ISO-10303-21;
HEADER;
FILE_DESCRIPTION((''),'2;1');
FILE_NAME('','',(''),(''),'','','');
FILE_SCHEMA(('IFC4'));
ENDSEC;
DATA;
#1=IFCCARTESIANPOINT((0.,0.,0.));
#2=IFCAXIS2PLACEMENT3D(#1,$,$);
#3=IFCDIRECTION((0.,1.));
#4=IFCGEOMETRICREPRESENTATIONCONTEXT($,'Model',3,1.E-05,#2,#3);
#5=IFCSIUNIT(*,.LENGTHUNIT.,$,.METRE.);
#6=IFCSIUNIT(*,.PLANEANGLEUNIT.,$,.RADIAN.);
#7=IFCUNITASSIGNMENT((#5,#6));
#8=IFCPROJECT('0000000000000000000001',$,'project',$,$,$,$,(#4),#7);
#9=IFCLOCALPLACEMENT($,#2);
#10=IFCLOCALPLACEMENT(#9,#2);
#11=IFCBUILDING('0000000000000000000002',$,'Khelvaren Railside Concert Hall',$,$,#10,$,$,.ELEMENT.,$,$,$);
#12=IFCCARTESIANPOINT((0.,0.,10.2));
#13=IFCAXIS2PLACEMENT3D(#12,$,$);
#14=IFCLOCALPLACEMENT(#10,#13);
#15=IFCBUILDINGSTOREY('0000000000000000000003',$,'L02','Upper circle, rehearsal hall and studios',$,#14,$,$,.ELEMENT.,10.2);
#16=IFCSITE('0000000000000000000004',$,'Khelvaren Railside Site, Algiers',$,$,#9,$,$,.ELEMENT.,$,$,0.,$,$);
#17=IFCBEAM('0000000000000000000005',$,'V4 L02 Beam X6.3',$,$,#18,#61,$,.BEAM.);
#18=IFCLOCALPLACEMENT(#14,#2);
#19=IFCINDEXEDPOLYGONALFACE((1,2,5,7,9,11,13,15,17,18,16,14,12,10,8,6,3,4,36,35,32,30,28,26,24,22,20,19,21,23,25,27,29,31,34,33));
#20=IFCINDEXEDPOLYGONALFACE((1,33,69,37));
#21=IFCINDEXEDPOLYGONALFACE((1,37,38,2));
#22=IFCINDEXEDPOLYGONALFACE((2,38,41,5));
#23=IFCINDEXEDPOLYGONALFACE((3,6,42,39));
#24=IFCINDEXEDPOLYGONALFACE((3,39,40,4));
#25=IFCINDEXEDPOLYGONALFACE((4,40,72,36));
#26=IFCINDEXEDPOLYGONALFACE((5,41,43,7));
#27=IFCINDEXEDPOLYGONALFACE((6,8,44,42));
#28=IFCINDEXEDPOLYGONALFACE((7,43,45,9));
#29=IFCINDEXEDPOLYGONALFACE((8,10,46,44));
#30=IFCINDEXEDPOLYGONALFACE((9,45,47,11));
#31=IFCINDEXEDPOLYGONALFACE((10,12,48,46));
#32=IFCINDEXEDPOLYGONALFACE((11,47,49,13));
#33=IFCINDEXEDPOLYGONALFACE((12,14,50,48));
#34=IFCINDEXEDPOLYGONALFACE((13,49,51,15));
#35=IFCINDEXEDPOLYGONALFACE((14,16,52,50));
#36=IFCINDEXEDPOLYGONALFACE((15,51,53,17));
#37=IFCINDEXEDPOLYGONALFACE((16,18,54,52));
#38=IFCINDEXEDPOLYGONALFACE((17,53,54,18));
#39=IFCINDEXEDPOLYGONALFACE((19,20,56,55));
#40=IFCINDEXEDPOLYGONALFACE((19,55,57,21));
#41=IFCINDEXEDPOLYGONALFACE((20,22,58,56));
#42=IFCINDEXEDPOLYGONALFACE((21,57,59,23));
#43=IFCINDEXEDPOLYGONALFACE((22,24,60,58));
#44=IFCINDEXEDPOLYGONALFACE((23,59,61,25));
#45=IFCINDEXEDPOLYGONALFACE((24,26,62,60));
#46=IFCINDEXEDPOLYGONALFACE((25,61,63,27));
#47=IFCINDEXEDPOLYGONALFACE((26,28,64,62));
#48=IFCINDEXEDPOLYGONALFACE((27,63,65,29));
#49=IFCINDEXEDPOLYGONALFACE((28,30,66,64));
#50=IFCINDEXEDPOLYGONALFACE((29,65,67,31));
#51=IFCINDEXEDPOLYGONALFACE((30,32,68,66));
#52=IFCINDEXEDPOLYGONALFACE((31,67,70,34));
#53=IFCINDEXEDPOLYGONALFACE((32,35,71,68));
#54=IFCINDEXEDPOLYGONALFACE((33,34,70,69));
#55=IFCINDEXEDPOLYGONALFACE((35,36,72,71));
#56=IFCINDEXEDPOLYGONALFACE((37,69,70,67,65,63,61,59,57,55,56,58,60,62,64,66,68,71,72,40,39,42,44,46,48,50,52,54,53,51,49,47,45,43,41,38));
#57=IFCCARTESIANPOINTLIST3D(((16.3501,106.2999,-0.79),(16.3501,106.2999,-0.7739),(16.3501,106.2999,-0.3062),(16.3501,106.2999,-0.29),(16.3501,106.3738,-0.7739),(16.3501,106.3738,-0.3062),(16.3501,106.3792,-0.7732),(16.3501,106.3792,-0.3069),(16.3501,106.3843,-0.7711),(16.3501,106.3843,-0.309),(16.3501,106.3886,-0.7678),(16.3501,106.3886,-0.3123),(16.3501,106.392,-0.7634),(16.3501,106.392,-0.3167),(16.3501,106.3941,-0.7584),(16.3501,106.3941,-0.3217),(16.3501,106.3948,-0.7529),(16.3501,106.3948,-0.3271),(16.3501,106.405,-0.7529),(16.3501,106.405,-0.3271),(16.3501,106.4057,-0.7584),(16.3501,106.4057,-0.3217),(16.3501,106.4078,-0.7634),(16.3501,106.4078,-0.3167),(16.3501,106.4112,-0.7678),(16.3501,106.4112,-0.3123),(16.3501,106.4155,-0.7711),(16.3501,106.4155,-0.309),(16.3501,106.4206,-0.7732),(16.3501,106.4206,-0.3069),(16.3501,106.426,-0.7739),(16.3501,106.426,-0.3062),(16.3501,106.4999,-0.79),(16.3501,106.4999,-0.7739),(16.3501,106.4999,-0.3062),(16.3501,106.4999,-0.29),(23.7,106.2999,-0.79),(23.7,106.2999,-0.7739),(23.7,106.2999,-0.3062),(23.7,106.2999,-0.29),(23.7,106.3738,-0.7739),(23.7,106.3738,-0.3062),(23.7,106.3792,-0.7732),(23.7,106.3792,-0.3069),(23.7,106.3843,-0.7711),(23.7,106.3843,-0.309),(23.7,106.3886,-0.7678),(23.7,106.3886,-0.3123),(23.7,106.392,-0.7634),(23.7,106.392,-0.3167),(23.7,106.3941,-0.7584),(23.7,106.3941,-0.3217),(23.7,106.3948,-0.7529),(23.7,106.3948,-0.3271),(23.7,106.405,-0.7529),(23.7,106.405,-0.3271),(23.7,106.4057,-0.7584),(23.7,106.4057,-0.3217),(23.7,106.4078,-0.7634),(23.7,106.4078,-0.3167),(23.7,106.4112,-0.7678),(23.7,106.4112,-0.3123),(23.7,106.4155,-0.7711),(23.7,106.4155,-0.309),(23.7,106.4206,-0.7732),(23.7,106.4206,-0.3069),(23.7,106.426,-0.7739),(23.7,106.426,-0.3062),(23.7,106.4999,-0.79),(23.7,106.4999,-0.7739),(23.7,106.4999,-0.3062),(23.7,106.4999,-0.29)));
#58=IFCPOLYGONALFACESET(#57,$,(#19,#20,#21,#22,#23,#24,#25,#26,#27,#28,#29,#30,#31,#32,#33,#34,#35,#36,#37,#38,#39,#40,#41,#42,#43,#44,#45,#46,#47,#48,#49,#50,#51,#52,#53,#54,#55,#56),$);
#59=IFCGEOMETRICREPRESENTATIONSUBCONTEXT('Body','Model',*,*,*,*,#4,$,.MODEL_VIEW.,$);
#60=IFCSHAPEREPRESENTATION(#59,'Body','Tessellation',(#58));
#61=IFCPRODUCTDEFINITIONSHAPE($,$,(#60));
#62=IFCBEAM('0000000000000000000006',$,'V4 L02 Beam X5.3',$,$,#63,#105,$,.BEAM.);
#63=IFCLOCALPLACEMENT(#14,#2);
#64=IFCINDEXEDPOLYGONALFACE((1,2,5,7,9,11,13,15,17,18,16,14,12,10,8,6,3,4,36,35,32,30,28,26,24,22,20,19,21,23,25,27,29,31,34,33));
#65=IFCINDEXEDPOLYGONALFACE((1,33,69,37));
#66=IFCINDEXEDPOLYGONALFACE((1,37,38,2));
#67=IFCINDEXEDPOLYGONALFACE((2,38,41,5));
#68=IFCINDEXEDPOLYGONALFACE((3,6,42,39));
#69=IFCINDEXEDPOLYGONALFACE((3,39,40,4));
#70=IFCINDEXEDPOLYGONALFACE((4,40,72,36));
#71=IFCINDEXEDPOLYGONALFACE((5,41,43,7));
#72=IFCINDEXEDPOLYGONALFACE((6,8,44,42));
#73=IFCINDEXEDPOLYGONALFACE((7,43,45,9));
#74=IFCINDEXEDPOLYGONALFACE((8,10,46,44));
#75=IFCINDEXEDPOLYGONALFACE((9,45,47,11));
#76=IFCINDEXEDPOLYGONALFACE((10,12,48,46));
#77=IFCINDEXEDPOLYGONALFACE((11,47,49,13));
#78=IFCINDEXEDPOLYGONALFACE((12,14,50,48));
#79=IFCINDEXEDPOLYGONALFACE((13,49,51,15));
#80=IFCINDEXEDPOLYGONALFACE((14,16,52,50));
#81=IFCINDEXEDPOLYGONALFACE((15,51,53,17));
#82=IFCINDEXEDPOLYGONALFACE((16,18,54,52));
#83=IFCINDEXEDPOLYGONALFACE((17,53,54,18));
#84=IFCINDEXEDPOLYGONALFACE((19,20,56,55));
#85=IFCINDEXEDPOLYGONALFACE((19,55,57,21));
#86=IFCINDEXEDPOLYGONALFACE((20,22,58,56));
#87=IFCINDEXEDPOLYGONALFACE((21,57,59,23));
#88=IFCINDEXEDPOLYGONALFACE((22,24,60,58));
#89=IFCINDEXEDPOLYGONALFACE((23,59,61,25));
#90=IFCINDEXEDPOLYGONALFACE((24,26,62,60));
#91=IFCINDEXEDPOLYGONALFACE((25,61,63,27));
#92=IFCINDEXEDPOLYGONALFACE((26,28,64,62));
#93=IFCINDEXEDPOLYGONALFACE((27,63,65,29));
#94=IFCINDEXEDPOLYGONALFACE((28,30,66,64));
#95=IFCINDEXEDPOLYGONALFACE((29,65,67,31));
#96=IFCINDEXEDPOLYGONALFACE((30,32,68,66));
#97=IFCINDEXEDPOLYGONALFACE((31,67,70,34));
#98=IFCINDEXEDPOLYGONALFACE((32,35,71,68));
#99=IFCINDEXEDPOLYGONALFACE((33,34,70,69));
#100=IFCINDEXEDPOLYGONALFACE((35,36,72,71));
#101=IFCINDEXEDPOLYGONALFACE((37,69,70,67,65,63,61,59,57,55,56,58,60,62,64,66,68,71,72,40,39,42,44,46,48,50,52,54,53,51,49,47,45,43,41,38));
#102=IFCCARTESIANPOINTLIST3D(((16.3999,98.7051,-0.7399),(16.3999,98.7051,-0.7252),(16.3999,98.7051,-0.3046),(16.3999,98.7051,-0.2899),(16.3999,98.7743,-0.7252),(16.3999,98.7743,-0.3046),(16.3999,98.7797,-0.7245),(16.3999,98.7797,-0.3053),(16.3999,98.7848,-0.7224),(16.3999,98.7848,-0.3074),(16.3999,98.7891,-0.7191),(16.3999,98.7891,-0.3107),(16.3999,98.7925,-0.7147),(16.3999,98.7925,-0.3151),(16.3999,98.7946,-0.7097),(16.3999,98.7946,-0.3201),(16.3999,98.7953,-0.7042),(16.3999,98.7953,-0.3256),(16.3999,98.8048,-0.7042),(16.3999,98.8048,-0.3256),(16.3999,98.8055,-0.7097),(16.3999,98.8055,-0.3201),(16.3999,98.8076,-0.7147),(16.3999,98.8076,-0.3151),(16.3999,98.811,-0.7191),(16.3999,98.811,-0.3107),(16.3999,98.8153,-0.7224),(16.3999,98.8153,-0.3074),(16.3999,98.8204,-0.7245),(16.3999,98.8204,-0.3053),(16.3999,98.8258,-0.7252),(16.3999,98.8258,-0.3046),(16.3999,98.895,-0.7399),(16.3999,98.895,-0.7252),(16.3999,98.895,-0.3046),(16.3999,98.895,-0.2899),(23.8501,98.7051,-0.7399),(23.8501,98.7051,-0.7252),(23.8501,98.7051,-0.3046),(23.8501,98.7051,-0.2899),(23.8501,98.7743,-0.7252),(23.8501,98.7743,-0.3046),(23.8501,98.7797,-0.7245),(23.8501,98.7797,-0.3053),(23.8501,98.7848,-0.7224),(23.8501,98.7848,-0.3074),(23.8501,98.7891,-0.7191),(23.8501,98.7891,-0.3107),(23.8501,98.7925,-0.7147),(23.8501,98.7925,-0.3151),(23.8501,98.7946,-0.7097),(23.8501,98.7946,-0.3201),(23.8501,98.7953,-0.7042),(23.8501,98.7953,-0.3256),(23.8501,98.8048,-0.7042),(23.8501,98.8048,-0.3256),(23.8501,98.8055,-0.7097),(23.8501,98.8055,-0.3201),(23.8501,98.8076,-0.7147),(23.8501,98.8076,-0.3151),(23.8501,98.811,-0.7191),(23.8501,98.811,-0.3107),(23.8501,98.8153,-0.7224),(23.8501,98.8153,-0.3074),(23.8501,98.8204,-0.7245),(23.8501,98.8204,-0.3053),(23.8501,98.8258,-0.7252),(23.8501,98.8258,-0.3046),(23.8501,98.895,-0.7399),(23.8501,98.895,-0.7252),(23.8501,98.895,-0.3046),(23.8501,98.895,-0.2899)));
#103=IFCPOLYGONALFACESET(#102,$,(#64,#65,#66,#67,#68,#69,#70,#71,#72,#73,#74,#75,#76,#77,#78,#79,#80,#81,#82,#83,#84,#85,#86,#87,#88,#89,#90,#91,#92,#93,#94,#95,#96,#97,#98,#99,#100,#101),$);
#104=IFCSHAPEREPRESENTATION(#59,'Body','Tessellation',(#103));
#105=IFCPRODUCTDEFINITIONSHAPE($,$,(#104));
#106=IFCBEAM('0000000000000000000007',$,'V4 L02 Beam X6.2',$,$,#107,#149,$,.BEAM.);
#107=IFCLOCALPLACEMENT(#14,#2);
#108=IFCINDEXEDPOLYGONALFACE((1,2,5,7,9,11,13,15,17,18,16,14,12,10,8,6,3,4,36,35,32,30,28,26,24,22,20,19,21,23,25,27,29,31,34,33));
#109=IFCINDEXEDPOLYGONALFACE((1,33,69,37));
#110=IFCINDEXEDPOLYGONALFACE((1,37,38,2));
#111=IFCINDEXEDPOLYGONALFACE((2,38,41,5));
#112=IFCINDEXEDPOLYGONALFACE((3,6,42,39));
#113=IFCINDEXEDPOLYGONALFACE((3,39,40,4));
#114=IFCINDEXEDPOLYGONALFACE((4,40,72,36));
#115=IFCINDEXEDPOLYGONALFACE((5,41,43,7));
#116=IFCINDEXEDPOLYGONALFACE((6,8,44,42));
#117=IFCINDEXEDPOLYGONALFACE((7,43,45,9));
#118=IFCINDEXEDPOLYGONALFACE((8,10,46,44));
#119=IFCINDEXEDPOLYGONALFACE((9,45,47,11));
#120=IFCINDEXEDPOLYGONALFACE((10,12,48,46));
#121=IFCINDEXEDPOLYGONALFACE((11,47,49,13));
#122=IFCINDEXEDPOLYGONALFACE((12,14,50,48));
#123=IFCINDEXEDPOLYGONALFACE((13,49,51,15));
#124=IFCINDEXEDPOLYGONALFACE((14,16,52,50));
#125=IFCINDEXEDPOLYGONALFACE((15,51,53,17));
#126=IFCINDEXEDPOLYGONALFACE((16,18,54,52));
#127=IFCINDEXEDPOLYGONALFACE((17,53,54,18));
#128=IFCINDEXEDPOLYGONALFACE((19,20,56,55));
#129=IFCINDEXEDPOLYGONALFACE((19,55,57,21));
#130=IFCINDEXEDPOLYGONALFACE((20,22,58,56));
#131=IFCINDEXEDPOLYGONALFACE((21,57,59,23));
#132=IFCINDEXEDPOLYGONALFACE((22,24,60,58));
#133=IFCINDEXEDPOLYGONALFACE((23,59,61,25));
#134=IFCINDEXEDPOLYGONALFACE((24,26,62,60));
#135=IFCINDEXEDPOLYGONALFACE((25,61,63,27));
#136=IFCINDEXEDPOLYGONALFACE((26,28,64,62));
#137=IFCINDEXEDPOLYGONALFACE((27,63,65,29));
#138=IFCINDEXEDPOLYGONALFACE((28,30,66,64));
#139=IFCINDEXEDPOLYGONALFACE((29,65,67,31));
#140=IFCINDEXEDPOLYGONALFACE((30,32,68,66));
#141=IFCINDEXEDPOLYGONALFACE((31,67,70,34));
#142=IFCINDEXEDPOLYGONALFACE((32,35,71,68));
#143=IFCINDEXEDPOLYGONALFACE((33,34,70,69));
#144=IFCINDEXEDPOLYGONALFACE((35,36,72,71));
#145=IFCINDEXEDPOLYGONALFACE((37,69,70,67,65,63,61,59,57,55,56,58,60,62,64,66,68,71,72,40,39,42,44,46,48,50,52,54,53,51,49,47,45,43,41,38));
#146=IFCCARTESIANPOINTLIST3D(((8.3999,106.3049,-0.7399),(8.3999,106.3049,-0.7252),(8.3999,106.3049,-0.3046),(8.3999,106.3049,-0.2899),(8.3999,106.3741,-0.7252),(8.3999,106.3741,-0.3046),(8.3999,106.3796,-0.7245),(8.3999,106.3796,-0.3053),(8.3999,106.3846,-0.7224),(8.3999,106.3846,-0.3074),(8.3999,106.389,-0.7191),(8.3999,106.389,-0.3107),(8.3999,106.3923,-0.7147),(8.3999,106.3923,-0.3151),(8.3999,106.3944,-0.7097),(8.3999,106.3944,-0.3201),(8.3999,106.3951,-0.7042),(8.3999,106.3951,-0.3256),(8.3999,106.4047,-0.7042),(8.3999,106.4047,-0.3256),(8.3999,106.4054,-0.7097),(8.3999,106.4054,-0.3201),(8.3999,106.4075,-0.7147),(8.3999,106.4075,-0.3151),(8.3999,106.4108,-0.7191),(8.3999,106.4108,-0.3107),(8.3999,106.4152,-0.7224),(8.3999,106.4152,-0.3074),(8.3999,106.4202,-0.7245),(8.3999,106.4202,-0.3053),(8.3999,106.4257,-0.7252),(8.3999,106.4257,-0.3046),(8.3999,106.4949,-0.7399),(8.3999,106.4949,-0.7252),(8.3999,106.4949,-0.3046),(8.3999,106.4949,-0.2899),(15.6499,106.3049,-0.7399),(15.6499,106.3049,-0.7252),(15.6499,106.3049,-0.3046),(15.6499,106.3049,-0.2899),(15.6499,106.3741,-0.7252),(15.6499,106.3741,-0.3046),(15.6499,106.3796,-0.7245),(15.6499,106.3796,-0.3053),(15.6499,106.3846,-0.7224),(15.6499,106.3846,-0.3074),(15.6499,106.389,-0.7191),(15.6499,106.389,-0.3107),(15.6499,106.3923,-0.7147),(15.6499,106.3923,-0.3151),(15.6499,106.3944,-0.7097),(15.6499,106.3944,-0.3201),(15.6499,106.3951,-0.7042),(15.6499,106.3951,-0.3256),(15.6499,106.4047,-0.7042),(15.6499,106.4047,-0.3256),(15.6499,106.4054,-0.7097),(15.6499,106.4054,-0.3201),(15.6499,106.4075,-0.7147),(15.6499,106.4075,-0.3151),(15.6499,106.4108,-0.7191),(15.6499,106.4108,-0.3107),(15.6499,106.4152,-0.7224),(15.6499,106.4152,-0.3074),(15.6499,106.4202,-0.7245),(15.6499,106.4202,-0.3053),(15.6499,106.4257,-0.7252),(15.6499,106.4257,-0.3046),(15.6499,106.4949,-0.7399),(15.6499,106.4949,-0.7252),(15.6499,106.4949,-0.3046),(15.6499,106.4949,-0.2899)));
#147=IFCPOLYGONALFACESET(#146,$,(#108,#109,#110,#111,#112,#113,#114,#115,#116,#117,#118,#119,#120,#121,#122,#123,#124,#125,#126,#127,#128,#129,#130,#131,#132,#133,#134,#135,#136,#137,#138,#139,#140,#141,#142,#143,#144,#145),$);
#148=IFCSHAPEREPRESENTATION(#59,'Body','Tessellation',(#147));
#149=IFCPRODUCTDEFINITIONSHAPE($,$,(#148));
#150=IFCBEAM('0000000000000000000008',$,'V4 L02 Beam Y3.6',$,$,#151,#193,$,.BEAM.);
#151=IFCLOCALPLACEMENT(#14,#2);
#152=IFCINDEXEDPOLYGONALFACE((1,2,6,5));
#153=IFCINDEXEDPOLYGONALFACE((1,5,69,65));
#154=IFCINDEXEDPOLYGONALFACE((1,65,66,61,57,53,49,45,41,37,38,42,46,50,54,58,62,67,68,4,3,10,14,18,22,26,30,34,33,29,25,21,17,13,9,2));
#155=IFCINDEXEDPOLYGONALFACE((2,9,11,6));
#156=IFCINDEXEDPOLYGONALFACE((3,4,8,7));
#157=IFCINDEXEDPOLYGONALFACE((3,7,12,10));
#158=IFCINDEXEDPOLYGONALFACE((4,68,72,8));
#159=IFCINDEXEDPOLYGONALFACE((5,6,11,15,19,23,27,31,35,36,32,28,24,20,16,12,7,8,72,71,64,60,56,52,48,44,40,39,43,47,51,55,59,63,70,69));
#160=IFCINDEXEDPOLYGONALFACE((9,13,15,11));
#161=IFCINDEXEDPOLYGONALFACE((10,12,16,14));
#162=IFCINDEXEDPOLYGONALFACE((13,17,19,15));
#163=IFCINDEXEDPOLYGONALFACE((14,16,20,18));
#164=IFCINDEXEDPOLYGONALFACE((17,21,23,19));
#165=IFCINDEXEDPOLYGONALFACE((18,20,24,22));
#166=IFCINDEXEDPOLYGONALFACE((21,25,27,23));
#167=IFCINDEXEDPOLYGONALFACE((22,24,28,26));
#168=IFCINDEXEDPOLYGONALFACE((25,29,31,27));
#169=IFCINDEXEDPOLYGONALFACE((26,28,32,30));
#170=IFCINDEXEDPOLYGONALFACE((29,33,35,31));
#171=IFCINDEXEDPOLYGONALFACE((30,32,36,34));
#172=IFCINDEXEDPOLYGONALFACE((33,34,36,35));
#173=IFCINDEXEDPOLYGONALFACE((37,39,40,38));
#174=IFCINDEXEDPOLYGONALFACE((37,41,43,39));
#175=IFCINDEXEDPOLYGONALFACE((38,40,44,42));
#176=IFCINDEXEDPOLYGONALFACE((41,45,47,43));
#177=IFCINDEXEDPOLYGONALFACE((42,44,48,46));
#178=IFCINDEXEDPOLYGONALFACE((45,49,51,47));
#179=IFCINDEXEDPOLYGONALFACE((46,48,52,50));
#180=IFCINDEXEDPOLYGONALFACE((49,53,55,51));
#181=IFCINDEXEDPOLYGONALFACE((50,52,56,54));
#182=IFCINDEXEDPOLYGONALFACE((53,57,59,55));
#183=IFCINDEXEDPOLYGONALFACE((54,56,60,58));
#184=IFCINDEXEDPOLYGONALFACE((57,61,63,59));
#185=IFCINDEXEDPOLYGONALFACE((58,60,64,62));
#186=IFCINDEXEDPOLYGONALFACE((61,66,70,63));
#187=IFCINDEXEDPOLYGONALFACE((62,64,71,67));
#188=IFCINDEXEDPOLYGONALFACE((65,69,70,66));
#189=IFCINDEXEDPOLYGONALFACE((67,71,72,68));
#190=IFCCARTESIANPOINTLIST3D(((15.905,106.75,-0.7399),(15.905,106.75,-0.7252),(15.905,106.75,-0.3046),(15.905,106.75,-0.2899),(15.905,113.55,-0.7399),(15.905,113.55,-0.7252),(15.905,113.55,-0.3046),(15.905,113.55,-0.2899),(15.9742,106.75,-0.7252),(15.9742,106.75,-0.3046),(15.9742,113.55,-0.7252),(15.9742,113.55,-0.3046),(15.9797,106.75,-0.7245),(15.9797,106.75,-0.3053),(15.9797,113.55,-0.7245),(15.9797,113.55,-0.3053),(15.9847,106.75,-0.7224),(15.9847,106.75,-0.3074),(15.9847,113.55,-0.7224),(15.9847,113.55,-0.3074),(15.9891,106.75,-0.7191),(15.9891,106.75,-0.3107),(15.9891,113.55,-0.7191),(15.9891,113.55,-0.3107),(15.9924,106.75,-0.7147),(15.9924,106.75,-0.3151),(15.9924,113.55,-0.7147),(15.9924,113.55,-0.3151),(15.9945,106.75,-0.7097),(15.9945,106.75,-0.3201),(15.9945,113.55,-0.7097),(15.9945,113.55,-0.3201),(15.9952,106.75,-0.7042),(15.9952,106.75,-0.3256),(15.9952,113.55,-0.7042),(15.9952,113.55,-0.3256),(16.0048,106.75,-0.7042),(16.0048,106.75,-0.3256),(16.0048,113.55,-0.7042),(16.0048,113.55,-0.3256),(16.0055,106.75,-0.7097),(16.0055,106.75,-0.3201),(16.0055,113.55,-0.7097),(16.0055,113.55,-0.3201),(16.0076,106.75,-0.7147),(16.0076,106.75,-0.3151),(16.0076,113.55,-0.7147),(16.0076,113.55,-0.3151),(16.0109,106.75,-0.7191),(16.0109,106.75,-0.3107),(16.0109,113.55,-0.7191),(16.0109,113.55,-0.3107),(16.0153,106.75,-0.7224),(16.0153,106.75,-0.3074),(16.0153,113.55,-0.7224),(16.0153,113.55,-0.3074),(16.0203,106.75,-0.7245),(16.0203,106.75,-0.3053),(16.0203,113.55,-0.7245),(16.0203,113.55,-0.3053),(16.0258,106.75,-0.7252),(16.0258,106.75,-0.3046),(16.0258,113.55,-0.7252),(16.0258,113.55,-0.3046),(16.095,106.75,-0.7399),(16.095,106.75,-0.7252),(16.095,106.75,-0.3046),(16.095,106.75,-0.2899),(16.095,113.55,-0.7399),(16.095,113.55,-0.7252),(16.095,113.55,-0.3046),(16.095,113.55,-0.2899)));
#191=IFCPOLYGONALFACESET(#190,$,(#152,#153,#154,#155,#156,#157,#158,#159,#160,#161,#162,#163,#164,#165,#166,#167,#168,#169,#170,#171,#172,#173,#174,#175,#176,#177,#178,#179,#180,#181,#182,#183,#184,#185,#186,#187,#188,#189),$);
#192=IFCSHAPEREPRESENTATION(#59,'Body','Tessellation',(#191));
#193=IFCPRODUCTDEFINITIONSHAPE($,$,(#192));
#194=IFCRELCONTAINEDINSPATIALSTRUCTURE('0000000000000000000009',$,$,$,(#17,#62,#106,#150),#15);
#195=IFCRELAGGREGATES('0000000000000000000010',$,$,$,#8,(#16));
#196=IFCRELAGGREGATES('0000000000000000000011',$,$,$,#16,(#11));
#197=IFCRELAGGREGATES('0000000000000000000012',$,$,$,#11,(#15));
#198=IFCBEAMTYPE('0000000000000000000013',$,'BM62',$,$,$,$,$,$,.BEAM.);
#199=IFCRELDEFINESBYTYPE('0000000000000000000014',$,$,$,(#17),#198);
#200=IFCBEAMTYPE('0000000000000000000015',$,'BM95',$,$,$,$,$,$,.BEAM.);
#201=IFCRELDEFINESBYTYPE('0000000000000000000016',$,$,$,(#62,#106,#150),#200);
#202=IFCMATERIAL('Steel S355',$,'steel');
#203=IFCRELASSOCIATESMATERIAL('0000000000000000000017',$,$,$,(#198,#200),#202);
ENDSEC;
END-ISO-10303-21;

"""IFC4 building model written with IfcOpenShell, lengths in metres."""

from ifc_helpers import new_model, si_unit, direction, frame, origin, origin_2d, place, context, subcontext, project, spatial, i_section, extrude, material, material_profile, profile_set, type_object, element, save


model = new_model("IFC4")

# Units and contexts
model_context = context("Model", 3, precision=1e-05, world=origin(), true_north=direction((0.0, 1.0)))
body_context = subcontext(model_context, "Body", "Model", "MODEL_VIEW")
ifc_project = project(units=[si_unit("LENGTHUNIT", "METRE"), si_unit("PLANEANGLEUNIT", "RADIAN")], contexts=[model_context])

# Site, building, storey
site_placement = place(None, origin())
site = spatial("IfcSite", under=ifc_project, at=site_placement, Name="Khelvaren Railside Site, Algiers", CompositionType="ELEMENT", RefElevation=0.0)
building_placement = place(site_placement, origin())
building = spatial("IfcBuilding", under=site, at=building_placement, Name="Khelvaren Railside Concert Hall", CompositionType="ELEMENT")
storey_placement = place(building_placement, frame((0.0, 0.0, 10.2)))
storey = spatial("IfcBuildingStorey", under=building, at=storey_placement, Name="L02", Description="Upper circle, rehearsal hall and studios", CompositionType="ELEMENT", Elevation=10.2)

# Beams
ifc_material_1 = material(Name="Steel S355", Category="steel")
ifc_material_profile_1 = material_profile(ifc_material_1, i_section(OverallWidth=0.2, OverallDepth=0.5, WebThickness=0.0103, FlangeThickness=0.0161, FilletRadius=0.021, at=origin_2d()), Name="IPE 500")
ifc_profile_set_1 = profile_set([ifc_material_profile_1], Name="Steel S355")
beam_type_1 = type_object("IfcBeamType", Name="BM62", PredefinedType="BEAM", material=ifc_profile_set_1)
beam_1_placement = place(storey_placement, frame((16.3501, 106.3999, -0.54), z_axis=(1.0, 0.0, 0.0), x_axis=(0.0, 1.0, 0.0)))
element("IfcBeam", 1, at=beam_1_placement, inside=storey, type_object=beam_type_1, Name="V4 L02 Beam X6.3", PredefinedType="BEAM", context=body_context, shape_type="SweptSolid", body=[
    extrude(i_section(OverallWidth=0.2, OverallDepth=0.5, WebThickness=0.0103, FlangeThickness=0.0161, FilletRadius=0.021, at=origin_2d()), origin(), (0.0, 0.0, 1.0), 7.3499),
])
ifc_material_profile_2 = material_profile(ifc_material_1, i_section(OverallWidth=0.1899, OverallDepth=0.45, WebThickness=0.0095, FlangeThickness=0.0146, FilletRadius=0.021, at=origin_2d()), Name="IPE 450")
ifc_profile_set_2 = profile_set([ifc_material_profile_2], Name="Steel S355")
beam_type_2 = type_object("IfcBeamType", Name="BM95", PredefinedType="BEAM", material=ifc_profile_set_2)
beam_2_placement = place(storey_placement, frame((16.3999, 98.8, -0.5149), z_axis=(1.0, 0.0, 0.0), x_axis=(0.0, 1.0, 0.0)))
element("IfcBeam", 2, at=beam_2_placement, inside=storey, type_object=beam_type_2, Name="V4 L02 Beam X5.3", PredefinedType="BEAM", context=body_context, shape_type="SweptSolid", body=[
    extrude(i_section(OverallWidth=0.1899, OverallDepth=0.45, WebThickness=0.0095, FlangeThickness=0.0146, FilletRadius=0.021, at=origin_2d()), origin(), (0.0, 0.0, 1.0), 7.4502),
])
beam_3_placement = place(storey_placement, frame((8.3999, 106.3999, -0.5149), z_axis=(1.0, 0.0, 0.0), x_axis=(0.0, 1.0, 0.0)))
element("IfcBeam", 3, at=beam_3_placement, inside=storey, type_object=beam_type_2, Name="V4 L02 Beam X6.2", PredefinedType="BEAM", context=body_context, shape_type="SweptSolid", body=[
    extrude(i_section(OverallWidth=0.1899, OverallDepth=0.45, WebThickness=0.0095, FlangeThickness=0.0146, FilletRadius=0.021, at=origin_2d()), origin(), (0.0, 0.0, 1.0), 7.25),
])
beam_4_placement = place(storey_placement, frame((16.0, 106.75, -0.5149), z_axis=(0.0, 1.0, 0.0), x_axis=(-1.0, 0.0, 0.0)))
element("IfcBeam", 4, at=beam_4_placement, inside=storey, type_object=beam_type_2, Name="V4 L02 Beam Y3.6", PredefinedType="BEAM", context=body_context, shape_type="SweptSolid", body=[
    extrude(i_section(OverallWidth=0.1899, OverallDepth=0.45, WebThickness=0.0095, FlangeThickness=0.0146, FilletRadius=0.021, at=origin_2d()), origin(), (0.0, 0.0, 1.0), 6.8),
])

save(model, "model.ifc")
